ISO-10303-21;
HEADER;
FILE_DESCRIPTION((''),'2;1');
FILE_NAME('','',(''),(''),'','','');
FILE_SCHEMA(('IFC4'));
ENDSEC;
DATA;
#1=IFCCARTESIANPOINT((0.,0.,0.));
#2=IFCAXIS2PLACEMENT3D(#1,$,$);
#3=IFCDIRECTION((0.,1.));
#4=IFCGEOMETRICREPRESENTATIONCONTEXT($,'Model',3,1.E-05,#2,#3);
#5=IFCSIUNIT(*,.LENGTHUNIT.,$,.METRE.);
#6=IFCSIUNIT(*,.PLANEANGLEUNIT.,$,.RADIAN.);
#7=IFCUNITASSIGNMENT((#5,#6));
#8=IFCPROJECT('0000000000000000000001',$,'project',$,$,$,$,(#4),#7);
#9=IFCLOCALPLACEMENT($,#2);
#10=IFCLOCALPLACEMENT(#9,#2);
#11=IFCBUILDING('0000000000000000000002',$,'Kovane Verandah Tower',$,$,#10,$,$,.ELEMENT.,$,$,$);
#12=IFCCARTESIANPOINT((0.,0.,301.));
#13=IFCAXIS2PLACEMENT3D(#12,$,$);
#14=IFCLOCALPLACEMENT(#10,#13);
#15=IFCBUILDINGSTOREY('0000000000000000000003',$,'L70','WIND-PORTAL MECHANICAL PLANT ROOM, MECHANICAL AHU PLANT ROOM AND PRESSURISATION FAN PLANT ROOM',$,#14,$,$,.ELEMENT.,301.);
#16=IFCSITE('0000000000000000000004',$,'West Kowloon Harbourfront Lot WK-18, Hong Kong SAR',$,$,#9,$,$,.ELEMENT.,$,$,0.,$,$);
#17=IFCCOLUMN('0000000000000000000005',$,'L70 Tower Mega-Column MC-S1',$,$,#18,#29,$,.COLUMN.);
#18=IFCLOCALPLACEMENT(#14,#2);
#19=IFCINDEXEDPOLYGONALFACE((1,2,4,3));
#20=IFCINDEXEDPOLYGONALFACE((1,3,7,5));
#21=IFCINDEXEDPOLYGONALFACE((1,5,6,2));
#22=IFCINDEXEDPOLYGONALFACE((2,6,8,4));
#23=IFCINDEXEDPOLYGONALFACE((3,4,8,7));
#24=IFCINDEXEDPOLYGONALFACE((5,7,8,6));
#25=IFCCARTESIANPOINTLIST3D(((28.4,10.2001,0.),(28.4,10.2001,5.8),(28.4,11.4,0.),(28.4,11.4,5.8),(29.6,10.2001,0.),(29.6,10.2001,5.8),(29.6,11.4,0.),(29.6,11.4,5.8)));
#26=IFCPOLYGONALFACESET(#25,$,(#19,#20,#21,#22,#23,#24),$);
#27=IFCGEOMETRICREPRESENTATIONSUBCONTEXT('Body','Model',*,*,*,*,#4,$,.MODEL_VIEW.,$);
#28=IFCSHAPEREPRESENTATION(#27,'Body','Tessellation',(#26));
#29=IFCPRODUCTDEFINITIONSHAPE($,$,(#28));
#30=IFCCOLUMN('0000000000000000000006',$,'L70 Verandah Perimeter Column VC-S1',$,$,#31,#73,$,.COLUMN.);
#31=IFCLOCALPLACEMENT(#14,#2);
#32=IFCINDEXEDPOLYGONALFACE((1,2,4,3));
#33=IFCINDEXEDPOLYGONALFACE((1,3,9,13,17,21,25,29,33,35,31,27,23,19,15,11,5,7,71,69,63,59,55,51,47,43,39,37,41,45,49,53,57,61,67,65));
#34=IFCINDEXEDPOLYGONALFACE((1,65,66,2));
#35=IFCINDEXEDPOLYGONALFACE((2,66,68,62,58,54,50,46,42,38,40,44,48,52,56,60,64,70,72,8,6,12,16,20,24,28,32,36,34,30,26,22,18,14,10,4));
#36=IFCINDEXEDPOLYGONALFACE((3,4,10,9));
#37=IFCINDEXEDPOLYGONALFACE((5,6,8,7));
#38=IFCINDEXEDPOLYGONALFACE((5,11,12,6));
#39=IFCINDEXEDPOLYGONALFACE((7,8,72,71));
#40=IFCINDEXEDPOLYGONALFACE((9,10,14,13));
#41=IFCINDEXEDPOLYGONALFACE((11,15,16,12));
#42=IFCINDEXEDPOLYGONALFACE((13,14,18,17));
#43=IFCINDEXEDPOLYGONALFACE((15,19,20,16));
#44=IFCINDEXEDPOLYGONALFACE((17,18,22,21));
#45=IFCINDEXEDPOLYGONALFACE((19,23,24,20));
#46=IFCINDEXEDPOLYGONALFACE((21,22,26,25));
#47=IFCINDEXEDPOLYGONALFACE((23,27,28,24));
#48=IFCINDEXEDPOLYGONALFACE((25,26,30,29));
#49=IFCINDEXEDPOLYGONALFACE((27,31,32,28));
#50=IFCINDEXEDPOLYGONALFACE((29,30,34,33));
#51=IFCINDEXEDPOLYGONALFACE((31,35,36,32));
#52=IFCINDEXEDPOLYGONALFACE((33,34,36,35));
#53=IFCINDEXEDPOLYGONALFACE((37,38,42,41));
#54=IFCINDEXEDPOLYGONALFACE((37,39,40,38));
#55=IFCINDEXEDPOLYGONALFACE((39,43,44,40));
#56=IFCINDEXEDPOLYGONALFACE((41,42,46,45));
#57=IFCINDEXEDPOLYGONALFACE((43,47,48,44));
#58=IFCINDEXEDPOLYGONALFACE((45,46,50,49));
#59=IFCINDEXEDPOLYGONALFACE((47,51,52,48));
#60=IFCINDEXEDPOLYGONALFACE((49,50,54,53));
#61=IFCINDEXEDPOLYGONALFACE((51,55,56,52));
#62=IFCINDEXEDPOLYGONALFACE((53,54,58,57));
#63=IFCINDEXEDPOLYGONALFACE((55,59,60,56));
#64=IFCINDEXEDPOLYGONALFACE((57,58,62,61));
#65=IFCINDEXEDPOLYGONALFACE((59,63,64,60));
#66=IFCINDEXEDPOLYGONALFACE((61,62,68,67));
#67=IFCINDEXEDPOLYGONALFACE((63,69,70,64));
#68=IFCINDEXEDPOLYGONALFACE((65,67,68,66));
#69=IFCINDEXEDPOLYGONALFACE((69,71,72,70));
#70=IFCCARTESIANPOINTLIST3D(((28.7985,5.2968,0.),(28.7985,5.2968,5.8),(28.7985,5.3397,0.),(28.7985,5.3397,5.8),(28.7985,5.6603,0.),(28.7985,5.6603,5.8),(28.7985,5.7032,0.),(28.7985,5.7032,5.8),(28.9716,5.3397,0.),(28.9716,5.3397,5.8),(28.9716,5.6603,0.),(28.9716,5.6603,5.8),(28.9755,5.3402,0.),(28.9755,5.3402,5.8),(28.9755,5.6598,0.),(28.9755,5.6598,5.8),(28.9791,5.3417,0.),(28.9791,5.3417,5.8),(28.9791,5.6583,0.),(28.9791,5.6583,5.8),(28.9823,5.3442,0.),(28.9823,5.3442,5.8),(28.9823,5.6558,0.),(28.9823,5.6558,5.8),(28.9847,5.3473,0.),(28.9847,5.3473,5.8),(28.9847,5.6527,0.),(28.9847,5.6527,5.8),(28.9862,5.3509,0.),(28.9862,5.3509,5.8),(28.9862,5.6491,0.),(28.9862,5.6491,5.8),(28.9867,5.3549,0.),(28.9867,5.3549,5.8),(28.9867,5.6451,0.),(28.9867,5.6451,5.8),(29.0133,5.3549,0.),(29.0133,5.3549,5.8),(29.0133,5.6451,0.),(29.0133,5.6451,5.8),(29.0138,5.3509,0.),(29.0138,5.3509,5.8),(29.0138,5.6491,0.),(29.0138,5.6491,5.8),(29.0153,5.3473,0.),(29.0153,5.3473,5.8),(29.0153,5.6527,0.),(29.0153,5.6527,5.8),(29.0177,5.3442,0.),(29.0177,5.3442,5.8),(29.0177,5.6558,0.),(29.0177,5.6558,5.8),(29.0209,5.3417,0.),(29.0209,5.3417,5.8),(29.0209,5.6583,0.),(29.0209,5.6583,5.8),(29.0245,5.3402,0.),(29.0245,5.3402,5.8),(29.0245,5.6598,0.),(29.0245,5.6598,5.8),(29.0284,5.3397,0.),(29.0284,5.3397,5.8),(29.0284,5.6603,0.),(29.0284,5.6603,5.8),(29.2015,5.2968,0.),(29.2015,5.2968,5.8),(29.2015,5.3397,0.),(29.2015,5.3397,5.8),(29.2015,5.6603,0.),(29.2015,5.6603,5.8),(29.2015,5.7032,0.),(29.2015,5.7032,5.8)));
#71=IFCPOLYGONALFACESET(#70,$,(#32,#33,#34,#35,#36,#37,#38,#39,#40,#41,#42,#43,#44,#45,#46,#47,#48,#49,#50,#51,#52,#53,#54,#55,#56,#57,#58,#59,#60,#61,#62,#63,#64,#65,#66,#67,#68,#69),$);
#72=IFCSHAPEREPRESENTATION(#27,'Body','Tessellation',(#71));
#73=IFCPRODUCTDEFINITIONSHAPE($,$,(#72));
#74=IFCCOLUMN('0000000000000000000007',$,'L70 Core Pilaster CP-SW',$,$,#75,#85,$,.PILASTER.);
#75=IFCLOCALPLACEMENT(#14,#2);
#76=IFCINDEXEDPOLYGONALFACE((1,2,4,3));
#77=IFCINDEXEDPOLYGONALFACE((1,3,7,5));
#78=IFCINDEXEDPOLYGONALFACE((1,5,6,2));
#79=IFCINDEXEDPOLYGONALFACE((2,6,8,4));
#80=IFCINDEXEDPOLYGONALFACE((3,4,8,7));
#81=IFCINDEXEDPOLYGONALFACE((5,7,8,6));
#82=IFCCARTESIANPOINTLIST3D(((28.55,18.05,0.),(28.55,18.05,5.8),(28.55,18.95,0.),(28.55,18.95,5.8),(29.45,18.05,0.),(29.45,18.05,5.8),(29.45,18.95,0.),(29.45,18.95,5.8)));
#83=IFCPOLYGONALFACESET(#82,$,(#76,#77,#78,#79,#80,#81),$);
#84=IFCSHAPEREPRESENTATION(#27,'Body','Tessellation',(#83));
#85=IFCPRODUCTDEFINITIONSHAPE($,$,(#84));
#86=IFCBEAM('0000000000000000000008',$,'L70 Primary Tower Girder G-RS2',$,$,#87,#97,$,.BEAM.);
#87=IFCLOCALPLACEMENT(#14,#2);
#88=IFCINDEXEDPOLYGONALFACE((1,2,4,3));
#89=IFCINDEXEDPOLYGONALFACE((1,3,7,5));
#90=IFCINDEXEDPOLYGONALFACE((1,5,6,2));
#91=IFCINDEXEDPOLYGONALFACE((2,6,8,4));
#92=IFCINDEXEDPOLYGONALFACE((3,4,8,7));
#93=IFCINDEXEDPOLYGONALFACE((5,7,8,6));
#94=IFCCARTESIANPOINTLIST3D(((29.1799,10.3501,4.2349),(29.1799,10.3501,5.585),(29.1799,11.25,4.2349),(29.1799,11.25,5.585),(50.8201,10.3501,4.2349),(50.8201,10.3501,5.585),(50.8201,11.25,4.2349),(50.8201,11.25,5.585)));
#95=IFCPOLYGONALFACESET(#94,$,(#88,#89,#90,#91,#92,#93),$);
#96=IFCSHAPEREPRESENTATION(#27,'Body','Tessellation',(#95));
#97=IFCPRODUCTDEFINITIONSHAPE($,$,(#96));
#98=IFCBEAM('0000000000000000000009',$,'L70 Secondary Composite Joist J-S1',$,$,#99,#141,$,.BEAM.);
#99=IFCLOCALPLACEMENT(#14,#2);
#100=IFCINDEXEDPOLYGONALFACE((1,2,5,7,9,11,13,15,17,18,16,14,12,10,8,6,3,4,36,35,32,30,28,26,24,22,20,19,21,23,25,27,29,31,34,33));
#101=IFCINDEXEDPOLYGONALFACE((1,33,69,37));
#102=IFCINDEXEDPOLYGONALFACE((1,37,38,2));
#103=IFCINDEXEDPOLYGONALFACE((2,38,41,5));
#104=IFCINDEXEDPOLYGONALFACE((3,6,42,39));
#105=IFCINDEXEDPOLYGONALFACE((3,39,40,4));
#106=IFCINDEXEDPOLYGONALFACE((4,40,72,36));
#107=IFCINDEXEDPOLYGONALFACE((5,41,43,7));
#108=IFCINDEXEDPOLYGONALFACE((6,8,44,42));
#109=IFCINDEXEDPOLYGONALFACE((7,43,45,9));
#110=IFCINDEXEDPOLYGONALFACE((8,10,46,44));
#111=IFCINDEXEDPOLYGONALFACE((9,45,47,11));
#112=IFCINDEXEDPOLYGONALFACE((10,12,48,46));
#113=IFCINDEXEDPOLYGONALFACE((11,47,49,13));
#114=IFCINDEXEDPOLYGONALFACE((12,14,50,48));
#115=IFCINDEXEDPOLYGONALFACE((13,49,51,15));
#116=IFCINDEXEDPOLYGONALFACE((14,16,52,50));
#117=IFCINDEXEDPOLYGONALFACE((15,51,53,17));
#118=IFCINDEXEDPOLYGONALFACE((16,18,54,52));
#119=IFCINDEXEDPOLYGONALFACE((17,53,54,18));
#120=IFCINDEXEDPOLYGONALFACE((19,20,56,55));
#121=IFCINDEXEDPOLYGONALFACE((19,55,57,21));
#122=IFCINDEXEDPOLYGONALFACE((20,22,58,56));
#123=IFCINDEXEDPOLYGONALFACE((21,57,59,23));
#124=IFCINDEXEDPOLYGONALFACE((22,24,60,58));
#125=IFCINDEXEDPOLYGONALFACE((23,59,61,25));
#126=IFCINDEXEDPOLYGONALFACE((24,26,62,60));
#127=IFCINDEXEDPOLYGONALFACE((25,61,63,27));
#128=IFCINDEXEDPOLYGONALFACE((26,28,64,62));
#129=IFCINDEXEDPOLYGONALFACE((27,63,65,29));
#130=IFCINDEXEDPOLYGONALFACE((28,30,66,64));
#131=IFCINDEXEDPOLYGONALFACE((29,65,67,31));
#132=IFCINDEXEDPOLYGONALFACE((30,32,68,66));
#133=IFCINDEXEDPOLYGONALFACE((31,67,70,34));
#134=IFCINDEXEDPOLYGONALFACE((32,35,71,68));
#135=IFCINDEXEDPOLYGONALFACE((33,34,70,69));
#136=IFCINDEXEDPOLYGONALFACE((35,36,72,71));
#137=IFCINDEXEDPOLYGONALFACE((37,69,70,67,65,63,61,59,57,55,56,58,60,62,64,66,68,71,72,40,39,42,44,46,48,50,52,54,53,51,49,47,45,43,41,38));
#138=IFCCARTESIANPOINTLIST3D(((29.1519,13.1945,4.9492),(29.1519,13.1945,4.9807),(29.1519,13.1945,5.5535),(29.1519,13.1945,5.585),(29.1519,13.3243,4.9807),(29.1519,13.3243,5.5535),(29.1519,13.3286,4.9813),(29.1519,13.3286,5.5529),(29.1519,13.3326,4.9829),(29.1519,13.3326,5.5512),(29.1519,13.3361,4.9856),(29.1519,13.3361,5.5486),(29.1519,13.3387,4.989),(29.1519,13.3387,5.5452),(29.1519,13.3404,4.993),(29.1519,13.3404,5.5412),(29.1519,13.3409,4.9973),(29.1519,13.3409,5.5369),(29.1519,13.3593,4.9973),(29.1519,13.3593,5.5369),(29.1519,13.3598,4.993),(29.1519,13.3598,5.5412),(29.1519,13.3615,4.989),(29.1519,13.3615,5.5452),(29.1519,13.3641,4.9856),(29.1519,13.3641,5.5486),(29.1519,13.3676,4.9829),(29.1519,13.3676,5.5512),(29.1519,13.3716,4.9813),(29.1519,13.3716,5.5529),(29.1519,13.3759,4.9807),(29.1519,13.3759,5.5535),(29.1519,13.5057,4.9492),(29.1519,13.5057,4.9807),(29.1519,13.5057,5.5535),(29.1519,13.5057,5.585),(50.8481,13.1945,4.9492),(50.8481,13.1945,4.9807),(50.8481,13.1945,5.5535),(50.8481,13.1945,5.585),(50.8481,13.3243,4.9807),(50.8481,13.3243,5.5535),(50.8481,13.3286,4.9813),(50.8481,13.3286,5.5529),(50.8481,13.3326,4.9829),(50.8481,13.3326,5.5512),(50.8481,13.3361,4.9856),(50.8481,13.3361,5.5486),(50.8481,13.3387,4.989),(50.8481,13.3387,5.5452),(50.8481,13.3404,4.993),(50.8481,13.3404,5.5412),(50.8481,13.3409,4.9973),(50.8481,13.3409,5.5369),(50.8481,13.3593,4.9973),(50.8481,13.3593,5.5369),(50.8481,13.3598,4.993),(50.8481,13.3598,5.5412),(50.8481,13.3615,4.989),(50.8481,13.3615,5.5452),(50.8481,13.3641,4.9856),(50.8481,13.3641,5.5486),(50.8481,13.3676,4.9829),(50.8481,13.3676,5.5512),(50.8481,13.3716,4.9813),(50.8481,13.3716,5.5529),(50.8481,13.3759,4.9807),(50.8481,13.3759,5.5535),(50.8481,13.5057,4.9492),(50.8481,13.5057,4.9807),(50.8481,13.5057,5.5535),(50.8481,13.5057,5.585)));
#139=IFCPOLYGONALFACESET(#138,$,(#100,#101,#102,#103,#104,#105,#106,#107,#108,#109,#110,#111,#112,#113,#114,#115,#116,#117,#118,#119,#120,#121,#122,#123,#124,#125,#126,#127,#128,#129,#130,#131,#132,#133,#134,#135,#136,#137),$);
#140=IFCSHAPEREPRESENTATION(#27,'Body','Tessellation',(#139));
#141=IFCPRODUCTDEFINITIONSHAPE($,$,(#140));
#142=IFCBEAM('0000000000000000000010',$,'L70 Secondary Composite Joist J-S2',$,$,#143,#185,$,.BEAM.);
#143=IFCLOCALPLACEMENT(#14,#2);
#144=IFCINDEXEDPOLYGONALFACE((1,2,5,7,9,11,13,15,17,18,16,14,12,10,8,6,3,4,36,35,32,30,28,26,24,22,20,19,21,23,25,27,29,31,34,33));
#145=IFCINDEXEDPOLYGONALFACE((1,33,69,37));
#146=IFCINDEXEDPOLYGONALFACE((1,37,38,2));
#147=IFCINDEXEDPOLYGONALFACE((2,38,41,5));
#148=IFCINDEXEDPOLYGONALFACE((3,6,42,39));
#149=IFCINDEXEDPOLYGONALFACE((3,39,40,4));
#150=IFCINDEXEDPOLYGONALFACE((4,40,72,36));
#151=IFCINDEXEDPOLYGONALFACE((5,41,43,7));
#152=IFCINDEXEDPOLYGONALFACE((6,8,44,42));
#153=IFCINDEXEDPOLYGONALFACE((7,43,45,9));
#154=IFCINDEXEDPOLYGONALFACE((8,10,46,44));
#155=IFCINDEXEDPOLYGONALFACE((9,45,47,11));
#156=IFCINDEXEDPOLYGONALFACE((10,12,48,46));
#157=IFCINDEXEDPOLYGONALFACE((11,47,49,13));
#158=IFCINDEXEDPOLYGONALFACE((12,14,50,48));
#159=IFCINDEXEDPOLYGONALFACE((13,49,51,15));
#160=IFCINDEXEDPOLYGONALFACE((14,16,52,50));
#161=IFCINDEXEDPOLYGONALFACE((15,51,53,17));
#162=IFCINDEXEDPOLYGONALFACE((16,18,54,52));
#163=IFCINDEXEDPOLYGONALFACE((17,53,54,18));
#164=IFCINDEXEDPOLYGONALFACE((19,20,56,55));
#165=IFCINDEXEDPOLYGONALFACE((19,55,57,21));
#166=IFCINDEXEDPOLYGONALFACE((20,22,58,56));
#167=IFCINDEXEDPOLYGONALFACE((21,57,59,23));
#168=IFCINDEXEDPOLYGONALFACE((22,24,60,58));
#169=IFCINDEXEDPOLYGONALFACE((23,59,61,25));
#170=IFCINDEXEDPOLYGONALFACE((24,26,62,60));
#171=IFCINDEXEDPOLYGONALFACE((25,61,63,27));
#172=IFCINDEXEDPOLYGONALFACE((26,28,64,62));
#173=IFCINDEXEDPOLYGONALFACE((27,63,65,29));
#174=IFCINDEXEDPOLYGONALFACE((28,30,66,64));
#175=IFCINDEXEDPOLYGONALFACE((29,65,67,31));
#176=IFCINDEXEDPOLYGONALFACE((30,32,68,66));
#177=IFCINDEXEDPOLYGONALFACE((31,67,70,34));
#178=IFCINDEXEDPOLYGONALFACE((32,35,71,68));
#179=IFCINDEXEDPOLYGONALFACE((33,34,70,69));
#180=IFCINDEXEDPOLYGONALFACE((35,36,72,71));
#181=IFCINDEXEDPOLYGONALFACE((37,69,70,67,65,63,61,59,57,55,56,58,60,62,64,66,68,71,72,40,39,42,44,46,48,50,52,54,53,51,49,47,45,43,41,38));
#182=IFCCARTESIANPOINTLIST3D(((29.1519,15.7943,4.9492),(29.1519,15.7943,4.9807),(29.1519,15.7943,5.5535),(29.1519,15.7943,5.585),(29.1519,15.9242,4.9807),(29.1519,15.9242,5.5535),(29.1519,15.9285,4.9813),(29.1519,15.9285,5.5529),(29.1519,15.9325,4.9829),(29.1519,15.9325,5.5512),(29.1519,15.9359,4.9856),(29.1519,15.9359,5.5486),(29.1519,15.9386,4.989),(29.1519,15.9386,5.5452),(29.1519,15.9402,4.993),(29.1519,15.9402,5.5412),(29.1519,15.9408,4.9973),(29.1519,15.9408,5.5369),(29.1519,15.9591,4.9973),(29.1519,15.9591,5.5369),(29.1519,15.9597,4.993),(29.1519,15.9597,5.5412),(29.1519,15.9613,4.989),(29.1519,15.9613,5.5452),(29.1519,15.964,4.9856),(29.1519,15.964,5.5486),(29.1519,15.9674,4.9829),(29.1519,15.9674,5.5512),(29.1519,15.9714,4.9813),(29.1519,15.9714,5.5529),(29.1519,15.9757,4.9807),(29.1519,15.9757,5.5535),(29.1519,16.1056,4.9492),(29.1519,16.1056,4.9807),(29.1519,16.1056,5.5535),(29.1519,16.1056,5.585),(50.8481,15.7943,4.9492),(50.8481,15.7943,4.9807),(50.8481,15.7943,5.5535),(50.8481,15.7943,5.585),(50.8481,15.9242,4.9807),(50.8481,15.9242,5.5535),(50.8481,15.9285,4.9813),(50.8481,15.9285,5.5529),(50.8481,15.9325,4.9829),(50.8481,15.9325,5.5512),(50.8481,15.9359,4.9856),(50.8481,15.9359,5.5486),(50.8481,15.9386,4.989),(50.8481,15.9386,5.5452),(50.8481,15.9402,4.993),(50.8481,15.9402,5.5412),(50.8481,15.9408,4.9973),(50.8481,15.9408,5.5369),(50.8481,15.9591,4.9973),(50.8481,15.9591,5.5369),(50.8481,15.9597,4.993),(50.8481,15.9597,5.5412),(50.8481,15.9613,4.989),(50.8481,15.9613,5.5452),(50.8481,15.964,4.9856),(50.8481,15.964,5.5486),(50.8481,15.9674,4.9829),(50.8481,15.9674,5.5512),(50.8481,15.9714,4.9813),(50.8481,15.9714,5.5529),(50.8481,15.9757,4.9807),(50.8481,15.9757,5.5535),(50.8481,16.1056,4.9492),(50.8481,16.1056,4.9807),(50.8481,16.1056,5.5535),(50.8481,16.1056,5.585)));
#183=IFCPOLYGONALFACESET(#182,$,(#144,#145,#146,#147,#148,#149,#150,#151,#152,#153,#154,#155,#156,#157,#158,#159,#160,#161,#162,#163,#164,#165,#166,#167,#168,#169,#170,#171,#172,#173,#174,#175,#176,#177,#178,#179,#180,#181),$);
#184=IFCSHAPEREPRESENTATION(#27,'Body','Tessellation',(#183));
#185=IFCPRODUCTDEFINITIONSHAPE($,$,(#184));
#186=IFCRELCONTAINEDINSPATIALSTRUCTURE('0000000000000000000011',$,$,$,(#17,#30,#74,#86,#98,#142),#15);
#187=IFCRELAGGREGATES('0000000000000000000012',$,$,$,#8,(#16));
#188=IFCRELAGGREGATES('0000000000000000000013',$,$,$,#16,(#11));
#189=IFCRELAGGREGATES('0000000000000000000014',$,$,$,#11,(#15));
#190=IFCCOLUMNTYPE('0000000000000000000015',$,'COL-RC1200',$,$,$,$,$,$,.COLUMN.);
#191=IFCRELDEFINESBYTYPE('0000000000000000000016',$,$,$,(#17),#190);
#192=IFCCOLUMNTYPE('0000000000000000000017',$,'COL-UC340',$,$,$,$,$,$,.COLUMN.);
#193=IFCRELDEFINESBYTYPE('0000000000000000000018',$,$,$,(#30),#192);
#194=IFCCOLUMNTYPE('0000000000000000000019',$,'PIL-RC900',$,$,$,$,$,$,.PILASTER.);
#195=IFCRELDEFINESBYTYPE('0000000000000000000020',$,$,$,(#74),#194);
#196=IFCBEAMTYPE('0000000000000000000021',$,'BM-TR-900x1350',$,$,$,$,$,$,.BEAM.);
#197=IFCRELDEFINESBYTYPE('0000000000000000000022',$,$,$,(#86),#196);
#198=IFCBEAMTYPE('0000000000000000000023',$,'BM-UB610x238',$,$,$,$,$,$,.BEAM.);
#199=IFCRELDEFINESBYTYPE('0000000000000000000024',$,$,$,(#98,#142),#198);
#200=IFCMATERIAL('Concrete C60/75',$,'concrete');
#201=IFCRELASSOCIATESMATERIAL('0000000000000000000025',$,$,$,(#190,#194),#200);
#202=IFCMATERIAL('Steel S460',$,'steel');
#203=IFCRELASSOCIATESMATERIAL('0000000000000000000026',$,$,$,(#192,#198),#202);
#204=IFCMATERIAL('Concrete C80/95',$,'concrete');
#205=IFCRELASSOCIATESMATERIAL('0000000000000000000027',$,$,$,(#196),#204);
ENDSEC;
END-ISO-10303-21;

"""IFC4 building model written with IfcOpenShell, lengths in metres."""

from ifc_helpers import new_model, si_unit, direction, frame, origin, origin_2d, place, context, subcontext, project, spatial, rectangle, i_section, extrude, material, material_profile, profile_set, type_object, element, save


model = new_model("IFC4")

# Units and contexts
model_context = context("Model", 3, precision=1e-05, world=origin(), true_north=direction((0.0, 1.0)))
body_context = subcontext(model_context, "Body", "Model", "MODEL_VIEW")
ifc_project = project(units=[si_unit("LENGTHUNIT", "METRE"), si_unit("PLANEANGLEUNIT", "RADIAN")], contexts=[model_context])

# Site, building, storey
site_placement = place(None, origin())
site = spatial("IfcSite", under=ifc_project, at=site_placement, Name="West Kowloon Harbourfront Lot WK-18, Hong Kong SAR", CompositionType="ELEMENT", RefElevation=0.0)
building_placement = place(site_placement, origin())
building = spatial("IfcBuilding", under=site, at=building_placement, Name="Kovane Verandah Tower", CompositionType="ELEMENT")
storey_placement = place(building_placement, frame((0.0, 0.0, 301.0)))
storey = spatial("IfcBuildingStorey", under=building, at=storey_placement, Name="L70", Description="WIND-PORTAL MECHANICAL PLANT ROOM, MECHANICAL AHU PLANT ROOM AND PRESSURISATION FAN PLANT ROOM", CompositionType="ELEMENT", Elevation=301.0)

# Columns
ifc_material_1 = material(Name="Concrete C60/75", Category="concrete")
ifc_material_profile_1 = material_profile(ifc_material_1, rectangle(XDim=1.2, YDim=1.2, at=origin_2d()), Name="RC1200x1200")
ifc_profile_set_1 = profile_set([ifc_material_profile_1], Name="Concrete C60/75")
column_type_1 = type_object("IfcColumnType", Name="COL-RC1200", PredefinedType="COLUMN", material=ifc_profile_set_1)
column_1_placement = place(storey_placement, frame((29.0, 10.8, 0.0), z_axis=(0.0, 0.0, 1.0), x_axis=(1.0, 0.0, 0.0)))
element("IfcColumn", 1, at=column_1_placement, inside=storey, type_object=column_type_1, Name="L70 Tower Mega-Column MC-S1", PredefinedType="COLUMN", context=body_context, shape_type="SweptSolid", body=[
    extrude(rectangle(XDim=1.2, YDim=1.2, at=origin_2d()), origin(), (0.0, 0.0, 1.0), 5.8),
])
ifc_material_2 = material(Name="Steel S460", Category="steel")
ifc_material_profile_2 = material_profile(ifc_material_2, i_section(OverallWidth=0.4031, OverallDepth=0.4065, WebThickness=0.0266, FlangeThickness=0.043, FilletRadius=0.0151, at=origin_2d()), Name="UC356x406x340")
ifc_profile_set_2 = profile_set([ifc_material_profile_2], Name="Steel S460")
column_type_2 = type_object("IfcColumnType", Name="COL-UC340", PredefinedType="COLUMN", material=ifc_profile_set_2)
column_2_placement = place(storey_placement, frame((29.0, 5.5, 0.0), z_axis=(0.0, 0.0, 1.0), x_axis=(1.0, 0.0, 0.0)))
element("IfcColumn", 2, at=column_2_placement, inside=storey, type_object=column_type_2, Name="L70 Verandah Perimeter Column VC-S1", PredefinedType="COLUMN", context=body_context, shape_type="SweptSolid", body=[
    extrude(i_section(OverallWidth=0.4031, OverallDepth=0.4065, WebThickness=0.0266, FlangeThickness=0.043, FilletRadius=0.0151, at=origin_2d()), origin(), (0.0, 0.0, 1.0), 5.8),
])
ifc_material_profile_3 = material_profile(ifc_material_1, rectangle(XDim=0.8999, YDim=0.8999, at=origin_2d()), Name="RC900x900")
ifc_profile_set_3 = profile_set([ifc_material_profile_3], Name="Concrete C60/75")
column_type_3 = type_object("IfcColumnType", Name="PIL-RC900", PredefinedType="PILASTER", material=ifc_profile_set_3)
column_3_placement = place(storey_placement, frame((29.0, 18.5, 0.0), z_axis=(0.0, 0.0, 1.0), x_axis=(1.0, 0.0, 0.0)))
element("IfcColumn", 3, at=column_3_placement, inside=storey, type_object=column_type_3, Name="L70 Core Pilaster CP-SW", PredefinedType="PILASTER", context=body_context, shape_type="SweptSolid", body=[
    extrude(rectangle(XDim=0.8999, YDim=0.8999, at=origin_2d()), origin(), (0.0, 0.0, 1.0), 5.8),
])

# Beams
ifc_material_3 = material(Name="Concrete C80/95", Category="concrete")
ifc_material_profile_4 = material_profile(ifc_material_3, rectangle(XDim=0.8999, YDim=1.3501, at=origin_2d()), Name="RCB900x1350")
ifc_profile_set_4 = profile_set([ifc_material_profile_4], Name="Concrete C80/95")
beam_type_1 = type_object("IfcBeamType", Name="BM-TR-900x1350", PredefinedType="BEAM", material=ifc_profile_set_4)
beam_1_placement = place(storey_placement, frame((29.1799, 10.8, 4.9099), z_axis=(1.0, 0.0, 0.0), x_axis=(0.0, 1.0, 0.0)))
element("IfcBeam", 4, at=beam_1_placement, inside=storey, type_object=beam_type_1, Name="L70 Primary Tower Girder G-RS2", PredefinedType="BEAM", context=body_context, shape_type="SweptSolid", body=[
    extrude(rectangle(XDim=0.8999, YDim=1.3501, at=origin_2d()), origin(), (0.0, 0.0, 1.0), 21.6401),
])
ifc_material_profile_5 = material_profile(ifc_material_2, i_section(OverallWidth=0.3113, OverallDepth=0.6357, WebThickness=0.0183, FlangeThickness=0.0315, FilletRadius=0.0166, at=origin_2d()), Name="UB610x305x238")
ifc_profile_set_5 = profile_set([ifc_material_profile_5], Name="Steel S460")
beam_type_2 = type_object("IfcBeamType", Name="BM-UB610x238", PredefinedType="BEAM", material=ifc_profile_set_5)
for number, where, z_axis, x_axis, name in (
    (5, (29.1519, 13.3501, 5.2671), (1.0, 0.0, 0.0), (0.0, 1.0, 0.0), "L70 Secondary Composite Joist J-S1"),
    (6, (29.1519, 15.95, 5.2671), (1.0, 0.0, 0.0), (0.0, 1.0, 0.0), "L70 Secondary Composite Joist J-S2"),
):
    element("IfcBeam", number, at=place(storey_placement, frame(where, z_axis=z_axis, x_axis=x_axis)), inside=storey, type_object=beam_type_2, Name=name, PredefinedType="BEAM", context=body_context, shape_type="SweptSolid", body=[
        extrude(i_section(OverallWidth=0.3113, OverallDepth=0.6357, WebThickness=0.0183, FlangeThickness=0.0315, FilletRadius=0.0166, at=origin_2d()), origin(), (0.0, 0.0, 1.0), 21.6963),
    ])

save(model, "model.ifc")
